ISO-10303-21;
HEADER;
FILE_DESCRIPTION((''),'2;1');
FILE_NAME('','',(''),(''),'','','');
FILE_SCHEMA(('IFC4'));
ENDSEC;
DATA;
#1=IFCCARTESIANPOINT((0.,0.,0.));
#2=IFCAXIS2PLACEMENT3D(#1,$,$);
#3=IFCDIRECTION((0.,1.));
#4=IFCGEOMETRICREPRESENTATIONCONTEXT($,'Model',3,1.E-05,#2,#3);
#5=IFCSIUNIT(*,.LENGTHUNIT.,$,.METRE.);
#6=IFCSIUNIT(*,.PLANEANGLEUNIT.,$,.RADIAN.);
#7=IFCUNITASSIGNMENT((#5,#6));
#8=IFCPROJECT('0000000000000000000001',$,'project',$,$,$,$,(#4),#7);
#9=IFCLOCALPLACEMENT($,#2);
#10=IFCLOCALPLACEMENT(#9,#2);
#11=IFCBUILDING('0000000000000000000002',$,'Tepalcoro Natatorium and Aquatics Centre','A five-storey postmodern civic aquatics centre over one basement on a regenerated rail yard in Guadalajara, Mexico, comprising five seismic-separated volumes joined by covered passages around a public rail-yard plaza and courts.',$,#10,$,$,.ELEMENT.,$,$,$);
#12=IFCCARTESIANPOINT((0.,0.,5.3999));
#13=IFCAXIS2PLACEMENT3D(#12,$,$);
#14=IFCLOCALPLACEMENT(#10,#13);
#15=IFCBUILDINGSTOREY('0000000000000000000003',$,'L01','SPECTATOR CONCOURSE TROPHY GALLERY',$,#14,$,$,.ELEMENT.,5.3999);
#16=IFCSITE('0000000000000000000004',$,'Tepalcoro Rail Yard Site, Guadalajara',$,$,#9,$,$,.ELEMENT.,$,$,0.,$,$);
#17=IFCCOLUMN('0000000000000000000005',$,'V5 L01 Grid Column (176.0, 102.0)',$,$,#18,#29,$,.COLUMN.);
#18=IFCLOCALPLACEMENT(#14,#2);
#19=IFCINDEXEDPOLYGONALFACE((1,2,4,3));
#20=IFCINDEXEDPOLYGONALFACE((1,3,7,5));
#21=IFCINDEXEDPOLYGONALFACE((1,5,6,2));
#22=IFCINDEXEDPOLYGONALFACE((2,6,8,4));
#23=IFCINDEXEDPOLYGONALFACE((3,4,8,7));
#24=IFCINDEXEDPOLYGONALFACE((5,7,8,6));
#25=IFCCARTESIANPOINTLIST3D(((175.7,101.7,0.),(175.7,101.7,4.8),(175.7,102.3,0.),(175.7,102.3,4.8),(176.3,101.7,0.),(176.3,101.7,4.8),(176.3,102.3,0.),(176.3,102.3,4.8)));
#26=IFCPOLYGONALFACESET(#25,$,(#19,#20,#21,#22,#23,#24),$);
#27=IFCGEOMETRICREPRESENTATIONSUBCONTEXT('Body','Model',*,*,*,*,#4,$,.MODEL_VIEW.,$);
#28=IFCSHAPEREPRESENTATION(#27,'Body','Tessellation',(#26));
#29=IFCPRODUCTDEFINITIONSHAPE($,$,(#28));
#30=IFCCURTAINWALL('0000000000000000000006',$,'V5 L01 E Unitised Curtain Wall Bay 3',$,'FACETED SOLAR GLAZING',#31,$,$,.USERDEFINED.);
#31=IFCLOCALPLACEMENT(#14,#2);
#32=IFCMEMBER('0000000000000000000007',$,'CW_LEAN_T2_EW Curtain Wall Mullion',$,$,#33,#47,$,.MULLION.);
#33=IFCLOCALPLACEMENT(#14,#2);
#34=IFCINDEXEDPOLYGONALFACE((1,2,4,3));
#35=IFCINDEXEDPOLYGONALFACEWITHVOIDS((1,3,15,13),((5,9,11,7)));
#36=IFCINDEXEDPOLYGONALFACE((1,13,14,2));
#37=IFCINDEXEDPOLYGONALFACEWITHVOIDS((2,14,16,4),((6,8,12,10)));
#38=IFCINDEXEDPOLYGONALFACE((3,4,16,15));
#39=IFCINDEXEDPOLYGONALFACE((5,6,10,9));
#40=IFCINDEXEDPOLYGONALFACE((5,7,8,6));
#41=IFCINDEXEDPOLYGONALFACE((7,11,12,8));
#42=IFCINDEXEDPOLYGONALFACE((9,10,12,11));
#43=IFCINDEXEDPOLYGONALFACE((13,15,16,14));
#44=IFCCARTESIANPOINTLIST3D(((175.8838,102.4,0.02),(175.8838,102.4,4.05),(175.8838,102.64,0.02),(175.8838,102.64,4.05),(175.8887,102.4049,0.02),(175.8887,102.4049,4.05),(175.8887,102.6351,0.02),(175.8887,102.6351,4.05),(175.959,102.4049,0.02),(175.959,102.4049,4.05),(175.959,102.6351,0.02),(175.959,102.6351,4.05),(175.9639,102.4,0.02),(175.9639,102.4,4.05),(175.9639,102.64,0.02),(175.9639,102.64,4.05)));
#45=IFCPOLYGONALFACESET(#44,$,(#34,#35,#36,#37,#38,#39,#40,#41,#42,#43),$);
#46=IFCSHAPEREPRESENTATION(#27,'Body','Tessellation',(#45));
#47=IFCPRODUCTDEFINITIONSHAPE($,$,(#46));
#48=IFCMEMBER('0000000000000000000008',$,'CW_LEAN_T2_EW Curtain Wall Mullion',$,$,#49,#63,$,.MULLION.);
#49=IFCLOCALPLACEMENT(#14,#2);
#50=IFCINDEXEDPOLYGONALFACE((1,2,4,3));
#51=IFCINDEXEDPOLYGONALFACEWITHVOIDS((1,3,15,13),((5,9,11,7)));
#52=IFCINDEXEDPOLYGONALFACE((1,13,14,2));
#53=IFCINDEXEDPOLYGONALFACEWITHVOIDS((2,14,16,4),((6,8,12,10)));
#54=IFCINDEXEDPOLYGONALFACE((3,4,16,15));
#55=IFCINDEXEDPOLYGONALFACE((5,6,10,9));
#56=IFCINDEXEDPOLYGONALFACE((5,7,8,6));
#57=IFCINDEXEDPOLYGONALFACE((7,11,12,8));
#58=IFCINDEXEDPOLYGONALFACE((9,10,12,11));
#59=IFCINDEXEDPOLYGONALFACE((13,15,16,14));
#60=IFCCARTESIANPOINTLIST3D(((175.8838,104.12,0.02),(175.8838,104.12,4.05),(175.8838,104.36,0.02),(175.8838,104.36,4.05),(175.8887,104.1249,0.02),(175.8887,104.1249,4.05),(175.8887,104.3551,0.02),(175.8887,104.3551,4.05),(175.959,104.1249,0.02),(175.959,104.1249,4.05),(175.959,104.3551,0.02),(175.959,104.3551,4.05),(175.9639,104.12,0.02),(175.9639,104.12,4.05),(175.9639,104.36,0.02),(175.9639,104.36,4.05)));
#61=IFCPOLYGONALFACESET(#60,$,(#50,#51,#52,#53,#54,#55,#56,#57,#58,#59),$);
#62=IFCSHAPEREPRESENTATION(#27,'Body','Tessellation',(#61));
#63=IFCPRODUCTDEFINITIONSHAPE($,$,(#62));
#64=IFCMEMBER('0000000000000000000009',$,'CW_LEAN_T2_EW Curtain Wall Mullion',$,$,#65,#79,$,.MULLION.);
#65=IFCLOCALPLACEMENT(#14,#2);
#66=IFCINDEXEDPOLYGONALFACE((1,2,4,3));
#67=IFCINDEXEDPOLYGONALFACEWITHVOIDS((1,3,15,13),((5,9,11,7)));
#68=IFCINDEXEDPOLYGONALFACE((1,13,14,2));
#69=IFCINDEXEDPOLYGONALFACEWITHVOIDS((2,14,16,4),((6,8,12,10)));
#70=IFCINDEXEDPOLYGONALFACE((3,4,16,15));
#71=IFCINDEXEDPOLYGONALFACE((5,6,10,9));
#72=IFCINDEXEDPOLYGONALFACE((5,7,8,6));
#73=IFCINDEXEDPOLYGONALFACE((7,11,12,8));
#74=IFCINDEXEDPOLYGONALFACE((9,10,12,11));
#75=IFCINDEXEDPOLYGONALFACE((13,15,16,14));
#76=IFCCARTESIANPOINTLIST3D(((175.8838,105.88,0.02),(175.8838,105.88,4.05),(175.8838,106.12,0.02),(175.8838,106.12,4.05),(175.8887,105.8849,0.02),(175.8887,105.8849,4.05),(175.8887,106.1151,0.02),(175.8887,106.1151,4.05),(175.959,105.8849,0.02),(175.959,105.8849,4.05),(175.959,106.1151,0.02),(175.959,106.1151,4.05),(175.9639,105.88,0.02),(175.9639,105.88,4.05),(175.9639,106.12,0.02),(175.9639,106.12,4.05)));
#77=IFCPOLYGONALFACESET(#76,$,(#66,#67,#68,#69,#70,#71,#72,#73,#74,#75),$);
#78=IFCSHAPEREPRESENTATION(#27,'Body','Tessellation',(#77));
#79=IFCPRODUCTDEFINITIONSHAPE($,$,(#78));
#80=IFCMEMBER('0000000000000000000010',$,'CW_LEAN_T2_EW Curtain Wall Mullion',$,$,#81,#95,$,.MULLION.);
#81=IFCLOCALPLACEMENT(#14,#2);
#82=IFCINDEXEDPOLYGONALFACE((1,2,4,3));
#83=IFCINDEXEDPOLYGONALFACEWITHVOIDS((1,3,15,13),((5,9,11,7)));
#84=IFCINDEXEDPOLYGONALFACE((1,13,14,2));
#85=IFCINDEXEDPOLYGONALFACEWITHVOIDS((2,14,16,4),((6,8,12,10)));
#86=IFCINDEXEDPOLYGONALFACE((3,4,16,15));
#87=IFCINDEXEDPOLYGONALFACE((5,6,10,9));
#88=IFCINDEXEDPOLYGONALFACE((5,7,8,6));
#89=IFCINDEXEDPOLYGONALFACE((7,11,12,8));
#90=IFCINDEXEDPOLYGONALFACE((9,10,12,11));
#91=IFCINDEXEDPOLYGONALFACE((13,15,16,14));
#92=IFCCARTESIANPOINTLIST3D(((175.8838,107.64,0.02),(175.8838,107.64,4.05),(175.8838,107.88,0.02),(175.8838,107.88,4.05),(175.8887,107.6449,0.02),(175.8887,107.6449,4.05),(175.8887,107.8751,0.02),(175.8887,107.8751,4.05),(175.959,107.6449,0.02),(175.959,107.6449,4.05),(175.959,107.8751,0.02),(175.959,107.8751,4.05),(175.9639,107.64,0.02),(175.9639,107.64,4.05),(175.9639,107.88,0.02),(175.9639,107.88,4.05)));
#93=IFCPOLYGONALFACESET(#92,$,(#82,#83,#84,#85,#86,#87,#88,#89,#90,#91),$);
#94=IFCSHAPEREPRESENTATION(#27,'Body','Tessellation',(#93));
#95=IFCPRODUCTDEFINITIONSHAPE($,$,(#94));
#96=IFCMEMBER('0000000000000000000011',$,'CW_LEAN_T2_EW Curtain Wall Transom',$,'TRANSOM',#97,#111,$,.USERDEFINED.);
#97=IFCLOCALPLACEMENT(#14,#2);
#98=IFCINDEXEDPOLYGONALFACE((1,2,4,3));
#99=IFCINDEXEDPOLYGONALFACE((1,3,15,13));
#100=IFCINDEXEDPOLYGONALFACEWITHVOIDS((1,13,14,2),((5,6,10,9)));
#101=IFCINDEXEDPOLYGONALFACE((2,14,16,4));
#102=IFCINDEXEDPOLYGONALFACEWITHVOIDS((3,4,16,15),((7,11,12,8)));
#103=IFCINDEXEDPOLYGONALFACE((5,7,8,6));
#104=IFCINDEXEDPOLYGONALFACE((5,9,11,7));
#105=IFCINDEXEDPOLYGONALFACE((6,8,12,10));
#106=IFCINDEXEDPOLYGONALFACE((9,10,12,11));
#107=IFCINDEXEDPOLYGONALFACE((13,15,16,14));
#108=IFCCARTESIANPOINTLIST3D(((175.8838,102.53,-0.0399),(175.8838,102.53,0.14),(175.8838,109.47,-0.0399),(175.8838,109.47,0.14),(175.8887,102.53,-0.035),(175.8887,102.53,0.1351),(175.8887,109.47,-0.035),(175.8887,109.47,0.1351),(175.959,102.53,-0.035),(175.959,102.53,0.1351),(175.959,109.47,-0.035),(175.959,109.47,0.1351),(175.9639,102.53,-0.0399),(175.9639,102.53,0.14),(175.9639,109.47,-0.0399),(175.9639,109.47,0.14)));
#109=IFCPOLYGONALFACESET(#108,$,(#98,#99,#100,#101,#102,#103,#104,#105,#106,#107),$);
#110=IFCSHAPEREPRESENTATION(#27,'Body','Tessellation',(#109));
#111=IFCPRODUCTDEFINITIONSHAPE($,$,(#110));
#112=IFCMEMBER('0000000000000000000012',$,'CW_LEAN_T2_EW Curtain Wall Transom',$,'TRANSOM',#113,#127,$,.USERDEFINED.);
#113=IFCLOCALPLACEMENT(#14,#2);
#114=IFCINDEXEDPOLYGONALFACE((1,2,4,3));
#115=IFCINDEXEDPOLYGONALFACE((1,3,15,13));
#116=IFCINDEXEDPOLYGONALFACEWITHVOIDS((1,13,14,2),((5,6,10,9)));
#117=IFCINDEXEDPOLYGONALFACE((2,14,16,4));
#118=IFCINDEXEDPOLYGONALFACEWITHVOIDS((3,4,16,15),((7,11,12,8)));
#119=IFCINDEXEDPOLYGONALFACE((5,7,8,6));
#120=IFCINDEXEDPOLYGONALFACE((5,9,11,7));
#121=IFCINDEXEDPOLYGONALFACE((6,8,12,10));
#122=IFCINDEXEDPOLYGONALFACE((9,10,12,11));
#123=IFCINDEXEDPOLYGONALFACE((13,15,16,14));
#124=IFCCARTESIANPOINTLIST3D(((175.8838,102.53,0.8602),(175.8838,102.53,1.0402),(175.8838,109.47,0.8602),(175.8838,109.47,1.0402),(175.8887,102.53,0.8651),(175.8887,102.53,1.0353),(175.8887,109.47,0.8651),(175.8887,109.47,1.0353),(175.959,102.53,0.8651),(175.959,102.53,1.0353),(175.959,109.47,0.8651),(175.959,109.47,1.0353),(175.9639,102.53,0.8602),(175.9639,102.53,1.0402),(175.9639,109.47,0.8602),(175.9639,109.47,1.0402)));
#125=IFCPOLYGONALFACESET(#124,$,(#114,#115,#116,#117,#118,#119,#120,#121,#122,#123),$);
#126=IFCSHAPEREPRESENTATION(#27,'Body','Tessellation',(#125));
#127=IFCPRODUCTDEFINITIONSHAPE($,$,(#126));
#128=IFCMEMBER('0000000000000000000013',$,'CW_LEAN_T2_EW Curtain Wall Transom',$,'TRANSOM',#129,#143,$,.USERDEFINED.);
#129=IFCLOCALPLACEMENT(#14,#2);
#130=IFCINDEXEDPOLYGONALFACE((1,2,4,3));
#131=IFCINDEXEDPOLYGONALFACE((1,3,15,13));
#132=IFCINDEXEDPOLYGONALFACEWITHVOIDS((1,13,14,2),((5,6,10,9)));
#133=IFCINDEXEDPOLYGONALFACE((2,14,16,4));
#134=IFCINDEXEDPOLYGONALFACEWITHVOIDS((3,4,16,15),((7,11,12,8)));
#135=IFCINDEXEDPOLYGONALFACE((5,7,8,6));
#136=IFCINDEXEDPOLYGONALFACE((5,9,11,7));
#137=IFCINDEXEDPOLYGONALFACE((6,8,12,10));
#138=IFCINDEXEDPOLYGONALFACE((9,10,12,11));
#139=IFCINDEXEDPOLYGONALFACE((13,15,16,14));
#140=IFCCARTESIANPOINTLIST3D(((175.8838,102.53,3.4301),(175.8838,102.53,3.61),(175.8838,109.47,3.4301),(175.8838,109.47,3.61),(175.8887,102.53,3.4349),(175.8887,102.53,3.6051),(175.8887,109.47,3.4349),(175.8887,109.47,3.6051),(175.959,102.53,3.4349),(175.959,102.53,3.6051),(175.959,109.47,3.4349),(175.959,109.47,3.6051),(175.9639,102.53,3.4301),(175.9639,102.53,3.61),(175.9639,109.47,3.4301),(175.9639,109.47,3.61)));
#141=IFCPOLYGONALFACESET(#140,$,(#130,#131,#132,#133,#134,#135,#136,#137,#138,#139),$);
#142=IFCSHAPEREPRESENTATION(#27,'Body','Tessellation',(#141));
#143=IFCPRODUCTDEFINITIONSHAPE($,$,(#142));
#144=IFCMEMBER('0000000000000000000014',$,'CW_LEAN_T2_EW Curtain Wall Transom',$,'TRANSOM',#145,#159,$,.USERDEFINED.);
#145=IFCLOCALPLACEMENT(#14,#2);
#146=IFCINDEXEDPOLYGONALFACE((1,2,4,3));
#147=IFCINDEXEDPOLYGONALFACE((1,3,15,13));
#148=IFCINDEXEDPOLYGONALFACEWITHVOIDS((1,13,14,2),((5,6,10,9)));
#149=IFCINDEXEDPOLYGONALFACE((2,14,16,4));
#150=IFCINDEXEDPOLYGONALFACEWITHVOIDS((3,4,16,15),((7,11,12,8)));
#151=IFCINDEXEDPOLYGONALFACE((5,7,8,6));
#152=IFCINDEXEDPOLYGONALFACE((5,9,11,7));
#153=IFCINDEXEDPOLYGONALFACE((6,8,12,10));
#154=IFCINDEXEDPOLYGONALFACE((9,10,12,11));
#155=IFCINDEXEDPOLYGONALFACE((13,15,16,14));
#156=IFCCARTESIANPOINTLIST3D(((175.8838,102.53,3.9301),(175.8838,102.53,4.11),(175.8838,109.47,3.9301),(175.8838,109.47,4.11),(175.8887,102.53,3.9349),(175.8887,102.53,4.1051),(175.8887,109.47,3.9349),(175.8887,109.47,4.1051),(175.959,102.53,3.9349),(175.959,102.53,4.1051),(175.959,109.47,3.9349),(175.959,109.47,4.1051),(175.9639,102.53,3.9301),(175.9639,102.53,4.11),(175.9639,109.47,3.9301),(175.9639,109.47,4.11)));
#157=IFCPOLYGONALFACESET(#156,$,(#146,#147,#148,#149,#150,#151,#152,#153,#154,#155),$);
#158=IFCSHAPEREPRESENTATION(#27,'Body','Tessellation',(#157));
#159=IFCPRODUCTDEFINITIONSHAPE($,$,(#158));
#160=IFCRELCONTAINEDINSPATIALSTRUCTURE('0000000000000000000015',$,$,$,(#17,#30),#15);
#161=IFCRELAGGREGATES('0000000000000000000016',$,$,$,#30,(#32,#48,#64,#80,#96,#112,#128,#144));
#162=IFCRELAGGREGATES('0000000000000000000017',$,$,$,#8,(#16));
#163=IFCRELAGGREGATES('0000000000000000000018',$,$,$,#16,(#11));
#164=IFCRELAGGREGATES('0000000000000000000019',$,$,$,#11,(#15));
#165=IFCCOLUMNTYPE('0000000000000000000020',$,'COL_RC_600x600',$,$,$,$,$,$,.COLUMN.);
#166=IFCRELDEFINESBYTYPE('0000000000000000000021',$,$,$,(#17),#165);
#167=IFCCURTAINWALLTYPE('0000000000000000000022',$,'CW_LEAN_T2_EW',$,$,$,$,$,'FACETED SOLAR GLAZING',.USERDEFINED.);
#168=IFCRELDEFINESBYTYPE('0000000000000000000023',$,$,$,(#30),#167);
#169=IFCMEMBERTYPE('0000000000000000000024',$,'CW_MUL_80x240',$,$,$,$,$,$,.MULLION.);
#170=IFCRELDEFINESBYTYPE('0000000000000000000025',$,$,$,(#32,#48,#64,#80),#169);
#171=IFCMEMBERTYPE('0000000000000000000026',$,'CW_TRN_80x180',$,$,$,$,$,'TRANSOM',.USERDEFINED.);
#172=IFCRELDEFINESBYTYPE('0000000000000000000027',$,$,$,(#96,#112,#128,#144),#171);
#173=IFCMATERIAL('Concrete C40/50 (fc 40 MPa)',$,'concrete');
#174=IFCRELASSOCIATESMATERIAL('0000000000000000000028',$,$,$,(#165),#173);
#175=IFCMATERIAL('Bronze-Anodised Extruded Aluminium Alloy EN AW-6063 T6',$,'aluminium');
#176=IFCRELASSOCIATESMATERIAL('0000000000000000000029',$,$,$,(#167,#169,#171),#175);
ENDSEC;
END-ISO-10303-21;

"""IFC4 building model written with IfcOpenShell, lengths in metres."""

from ifc_helpers import new_model, si_unit, direction, frame, origin, origin_2d, place, context, subcontext, project, spatial, rectangle, hollow_rectangle, extrude, material, material_profile, profile_set, type_object, element, aggregate, save


model = new_model("IFC4")

# Units and contexts
model_context = context("Model", 3, precision=1e-05, world=origin(), true_north=direction((0.0, 1.0)))
body_context = subcontext(model_context, "Body", "Model", "MODEL_VIEW")
ifc_project = project(units=[si_unit("LENGTHUNIT", "METRE"), si_unit("PLANEANGLEUNIT", "RADIAN")], contexts=[model_context])

# Site, building, storey
site_placement = place(None, origin())
site = spatial("IfcSite", under=ifc_project, at=site_placement, Name="Tepalcoro Rail Yard Site, Guadalajara", CompositionType="ELEMENT", RefElevation=0.0)
building_placement = place(site_placement, origin())
building = spatial("IfcBuilding", under=site, at=building_placement, Name="Tepalcoro Natatorium and Aquatics Centre", Description="A five-storey postmodern civic aquatics centre over one basement on a regenerated rail yard in Guadalajara, Mexico, comprising five seismic-separated volumes joined by covered passages around a public rail-yard plaza and courts.", CompositionType="ELEMENT")
storey_placement = place(building_placement, frame((0.0, 0.0, 5.3999)))
storey = spatial("IfcBuildingStorey", under=building, at=storey_placement, Name="L01", Description="SPECTATOR CONCOURSE TROPHY GALLERY", CompositionType="ELEMENT", Elevation=5.3999)

# Column
ifc_material_1 = material(Name="Concrete C40/50 (fc 40 MPa)", Category="concrete")
ifc_material_profile_1 = material_profile(ifc_material_1, rectangle(XDim=0.6001, YDim=0.6001, at=origin_2d()), Name="RC600x600")
ifc_profile_set_1 = profile_set([ifc_material_profile_1], Name="Concrete C40/50 (fc 40 MPa)")
column_type = type_object("IfcColumnType", Name="COL_RC_600x600", PredefinedType="COLUMN", material=ifc_profile_set_1)
column_placement = place(storey_placement, frame((176.0, 102.0, 0.0), z_axis=(0.0, 0.0, 1.0), x_axis=(1.0, 0.0, 0.0)))
element("IfcColumn", 1, at=column_placement, inside=storey, type_object=column_type, Name="V5 L01 Grid Column (176.0, 102.0)", PredefinedType="COLUMN", context=body_context, shape_type="SweptSolid", body=[
    extrude(rectangle(XDim=0.6001, YDim=0.6001, at=origin_2d()), origin(), (0.0, 0.0, 1.0), 4.8),
])

# Curtain wall, members
ifc_material_2 = material(Name="Bronze-Anodised Extruded Aluminium Alloy EN AW-6063 T6", Category="aluminium")
curtain_wall_type = type_object("IfcCurtainWallType", Name="CW_LEAN_T2_EW", ElementType="FACETED SOLAR GLAZING", PredefinedType="USERDEFINED", material=ifc_material_2)
curtain_wall_placement = place(storey_placement, origin())
curtain_wall = element("IfcCurtainWall", 2, at=curtain_wall_placement, inside=storey, type_object=curtain_wall_type, Name="V5 L01 E Unitised Curtain Wall Bay 3", ObjectType="FACETED SOLAR GLAZING", PredefinedType="USERDEFINED")
ifc_material_profile_2 = material_profile(ifc_material_2, hollow_rectangle(XDim=0.0801, YDim=0.24, WallThickness=0.0049, at=origin_2d()), Name="AL80X240X5")
ifc_profile_set_2 = profile_set([ifc_material_profile_2], Name="Bronze-Anodised Extruded Aluminium Alloy EN AW-6063 T6")
member_type_1 = type_object("IfcMemberType", Name="CW_MUL_80x240", PredefinedType="MULLION", material=ifc_profile_set_2)
member_1_placement = place(storey_placement, frame((175.9238, 102.52, 0.02), z_axis=(0.0, 0.0, 1.0), x_axis=(1.0, 0.0, 0.0)))
member_1 = element("IfcMember", 3, at=member_1_placement, type_object=member_type_1, Name="CW_LEAN_T2_EW Curtain Wall Mullion", PredefinedType="MULLION", context=body_context, shape_type="SweptSolid", body=[
    extrude(hollow_rectangle(XDim=0.0801, YDim=0.24, WallThickness=0.0049, at=origin_2d()), origin(), (0.0, 0.0, 1.0), 4.03),
])
member_2_placement = place(storey_placement, frame((175.9238, 104.24, 0.02), z_axis=(0.0, 0.0, 1.0), x_axis=(1.0, 0.0, 0.0)))
member_2 = element("IfcMember", 4, at=member_2_placement, type_object=member_type_1, Name="CW_LEAN_T2_EW Curtain Wall Mullion", PredefinedType="MULLION", context=body_context, shape_type="SweptSolid", body=[
    extrude(hollow_rectangle(XDim=0.0801, YDim=0.24, WallThickness=0.0049, at=origin_2d()), origin(), (0.0, 0.0, 1.0), 4.03),
])
member_3_placement = place(storey_placement, frame((175.9238, 106.0, 0.02), z_axis=(0.0, 0.0, 1.0), x_axis=(1.0, 0.0, 0.0)))
member_3 = element("IfcMember", 5, at=member_3_placement, type_object=member_type_1, Name="CW_LEAN_T2_EW Curtain Wall Mullion", PredefinedType="MULLION", context=body_context, shape_type="SweptSolid", body=[
    extrude(hollow_rectangle(XDim=0.0801, YDim=0.24, WallThickness=0.0049, at=origin_2d()), origin(), (0.0, 0.0, 1.0), 4.03),
])
member_4_placement = place(storey_placement, frame((175.9238, 107.76, 0.02), z_axis=(0.0, 0.0, 1.0), x_axis=(1.0, 0.0, 0.0)))
member_4 = element("IfcMember", 6, at=member_4_placement, type_object=member_type_1, Name="CW_LEAN_T2_EW Curtain Wall Mullion", PredefinedType="MULLION", context=body_context, shape_type="SweptSolid", body=[
    extrude(hollow_rectangle(XDim=0.0801, YDim=0.24, WallThickness=0.0049, at=origin_2d()), origin(), (0.0, 0.0, 1.0), 4.03),
])
ifc_material_profile_3 = material_profile(ifc_material_2, hollow_rectangle(XDim=0.0801, YDim=0.1799, WallThickness=0.0049, at=origin_2d()), Name="AL80X180X5")
ifc_profile_set_3 = profile_set([ifc_material_profile_3], Name="Bronze-Anodised Extruded Aluminium Alloy EN AW-6063 T6")
member_type_2 = type_object("IfcMemberType", Name="CW_TRN_80x180", ElementType="TRANSOM", PredefinedType="USERDEFINED", material=ifc_profile_set_3)
member_5_placement = place(storey_placement, frame((175.9238, 102.53, 0.05), z_axis=(0.0, 1.0, 0.0), x_axis=(-1.0, 0.0, 0.0)))
member_5 = element("IfcMember", 7, at=member_5_placement, type_object=member_type_2, Name="CW_LEAN_T2_EW Curtain Wall Transom", ObjectType="TRANSOM", PredefinedType="USERDEFINED", context=body_context, shape_type="SweptSolid", body=[
    extrude(hollow_rectangle(XDim=0.0801, YDim=0.1799, WallThickness=0.0049, at=origin_2d()), origin(), (0.0, 0.0, 1.0), 6.9399),
])
member_6_placement = place(storey_placement, frame((175.9238, 102.53, 0.9502), z_axis=(0.0, 1.0, 0.0), x_axis=(-1.0, 0.0, 0.0)))
member_6 = element("IfcMember", 8, at=member_6_placement, type_object=member_type_2, Name="CW_LEAN_T2_EW Curtain Wall Transom", ObjectType="TRANSOM", PredefinedType="USERDEFINED", context=body_context, shape_type="SweptSolid", body=[
    extrude(hollow_rectangle(XDim=0.0801, YDim=0.1799, WallThickness=0.0049, at=origin_2d()), origin(), (0.0, 0.0, 1.0), 6.9399),
])
member_7_placement = place(storey_placement, frame((175.9238, 102.53, 3.52), z_axis=(0.0, 1.0, 0.0), x_axis=(-1.0, 0.0, 0.0)))
member_7 = element("IfcMember", 9, at=member_7_placement, type_object=member_type_2, Name="CW_LEAN_T2_EW Curtain Wall Transom", ObjectType="TRANSOM", PredefinedType="USERDEFINED", context=body_context, shape_type="SweptSolid", body=[
    extrude(hollow_rectangle(XDim=0.0801, YDim=0.1799, WallThickness=0.0049, at=origin_2d()), origin(), (0.0, 0.0, 1.0), 6.9399),
])
member_8_placement = place(storey_placement, frame((175.9238, 102.53, 4.02), z_axis=(0.0, 1.0, 0.0), x_axis=(-1.0, 0.0, 0.0)))
member_8 = element("IfcMember", 10, at=member_8_placement, type_object=member_type_2, Name="CW_LEAN_T2_EW Curtain Wall Transom", ObjectType="TRANSOM", PredefinedType="USERDEFINED", context=body_context, shape_type="SweptSolid", body=[
    extrude(hollow_rectangle(XDim=0.0801, YDim=0.1799, WallThickness=0.0049, at=origin_2d()), origin(), (0.0, 0.0, 1.0), 6.9399),
])

aggregate(curtain_wall, [member_1, member_2, member_3, member_4, member_5, member_6, member_7, member_8])

save(model, "model.ifc")
